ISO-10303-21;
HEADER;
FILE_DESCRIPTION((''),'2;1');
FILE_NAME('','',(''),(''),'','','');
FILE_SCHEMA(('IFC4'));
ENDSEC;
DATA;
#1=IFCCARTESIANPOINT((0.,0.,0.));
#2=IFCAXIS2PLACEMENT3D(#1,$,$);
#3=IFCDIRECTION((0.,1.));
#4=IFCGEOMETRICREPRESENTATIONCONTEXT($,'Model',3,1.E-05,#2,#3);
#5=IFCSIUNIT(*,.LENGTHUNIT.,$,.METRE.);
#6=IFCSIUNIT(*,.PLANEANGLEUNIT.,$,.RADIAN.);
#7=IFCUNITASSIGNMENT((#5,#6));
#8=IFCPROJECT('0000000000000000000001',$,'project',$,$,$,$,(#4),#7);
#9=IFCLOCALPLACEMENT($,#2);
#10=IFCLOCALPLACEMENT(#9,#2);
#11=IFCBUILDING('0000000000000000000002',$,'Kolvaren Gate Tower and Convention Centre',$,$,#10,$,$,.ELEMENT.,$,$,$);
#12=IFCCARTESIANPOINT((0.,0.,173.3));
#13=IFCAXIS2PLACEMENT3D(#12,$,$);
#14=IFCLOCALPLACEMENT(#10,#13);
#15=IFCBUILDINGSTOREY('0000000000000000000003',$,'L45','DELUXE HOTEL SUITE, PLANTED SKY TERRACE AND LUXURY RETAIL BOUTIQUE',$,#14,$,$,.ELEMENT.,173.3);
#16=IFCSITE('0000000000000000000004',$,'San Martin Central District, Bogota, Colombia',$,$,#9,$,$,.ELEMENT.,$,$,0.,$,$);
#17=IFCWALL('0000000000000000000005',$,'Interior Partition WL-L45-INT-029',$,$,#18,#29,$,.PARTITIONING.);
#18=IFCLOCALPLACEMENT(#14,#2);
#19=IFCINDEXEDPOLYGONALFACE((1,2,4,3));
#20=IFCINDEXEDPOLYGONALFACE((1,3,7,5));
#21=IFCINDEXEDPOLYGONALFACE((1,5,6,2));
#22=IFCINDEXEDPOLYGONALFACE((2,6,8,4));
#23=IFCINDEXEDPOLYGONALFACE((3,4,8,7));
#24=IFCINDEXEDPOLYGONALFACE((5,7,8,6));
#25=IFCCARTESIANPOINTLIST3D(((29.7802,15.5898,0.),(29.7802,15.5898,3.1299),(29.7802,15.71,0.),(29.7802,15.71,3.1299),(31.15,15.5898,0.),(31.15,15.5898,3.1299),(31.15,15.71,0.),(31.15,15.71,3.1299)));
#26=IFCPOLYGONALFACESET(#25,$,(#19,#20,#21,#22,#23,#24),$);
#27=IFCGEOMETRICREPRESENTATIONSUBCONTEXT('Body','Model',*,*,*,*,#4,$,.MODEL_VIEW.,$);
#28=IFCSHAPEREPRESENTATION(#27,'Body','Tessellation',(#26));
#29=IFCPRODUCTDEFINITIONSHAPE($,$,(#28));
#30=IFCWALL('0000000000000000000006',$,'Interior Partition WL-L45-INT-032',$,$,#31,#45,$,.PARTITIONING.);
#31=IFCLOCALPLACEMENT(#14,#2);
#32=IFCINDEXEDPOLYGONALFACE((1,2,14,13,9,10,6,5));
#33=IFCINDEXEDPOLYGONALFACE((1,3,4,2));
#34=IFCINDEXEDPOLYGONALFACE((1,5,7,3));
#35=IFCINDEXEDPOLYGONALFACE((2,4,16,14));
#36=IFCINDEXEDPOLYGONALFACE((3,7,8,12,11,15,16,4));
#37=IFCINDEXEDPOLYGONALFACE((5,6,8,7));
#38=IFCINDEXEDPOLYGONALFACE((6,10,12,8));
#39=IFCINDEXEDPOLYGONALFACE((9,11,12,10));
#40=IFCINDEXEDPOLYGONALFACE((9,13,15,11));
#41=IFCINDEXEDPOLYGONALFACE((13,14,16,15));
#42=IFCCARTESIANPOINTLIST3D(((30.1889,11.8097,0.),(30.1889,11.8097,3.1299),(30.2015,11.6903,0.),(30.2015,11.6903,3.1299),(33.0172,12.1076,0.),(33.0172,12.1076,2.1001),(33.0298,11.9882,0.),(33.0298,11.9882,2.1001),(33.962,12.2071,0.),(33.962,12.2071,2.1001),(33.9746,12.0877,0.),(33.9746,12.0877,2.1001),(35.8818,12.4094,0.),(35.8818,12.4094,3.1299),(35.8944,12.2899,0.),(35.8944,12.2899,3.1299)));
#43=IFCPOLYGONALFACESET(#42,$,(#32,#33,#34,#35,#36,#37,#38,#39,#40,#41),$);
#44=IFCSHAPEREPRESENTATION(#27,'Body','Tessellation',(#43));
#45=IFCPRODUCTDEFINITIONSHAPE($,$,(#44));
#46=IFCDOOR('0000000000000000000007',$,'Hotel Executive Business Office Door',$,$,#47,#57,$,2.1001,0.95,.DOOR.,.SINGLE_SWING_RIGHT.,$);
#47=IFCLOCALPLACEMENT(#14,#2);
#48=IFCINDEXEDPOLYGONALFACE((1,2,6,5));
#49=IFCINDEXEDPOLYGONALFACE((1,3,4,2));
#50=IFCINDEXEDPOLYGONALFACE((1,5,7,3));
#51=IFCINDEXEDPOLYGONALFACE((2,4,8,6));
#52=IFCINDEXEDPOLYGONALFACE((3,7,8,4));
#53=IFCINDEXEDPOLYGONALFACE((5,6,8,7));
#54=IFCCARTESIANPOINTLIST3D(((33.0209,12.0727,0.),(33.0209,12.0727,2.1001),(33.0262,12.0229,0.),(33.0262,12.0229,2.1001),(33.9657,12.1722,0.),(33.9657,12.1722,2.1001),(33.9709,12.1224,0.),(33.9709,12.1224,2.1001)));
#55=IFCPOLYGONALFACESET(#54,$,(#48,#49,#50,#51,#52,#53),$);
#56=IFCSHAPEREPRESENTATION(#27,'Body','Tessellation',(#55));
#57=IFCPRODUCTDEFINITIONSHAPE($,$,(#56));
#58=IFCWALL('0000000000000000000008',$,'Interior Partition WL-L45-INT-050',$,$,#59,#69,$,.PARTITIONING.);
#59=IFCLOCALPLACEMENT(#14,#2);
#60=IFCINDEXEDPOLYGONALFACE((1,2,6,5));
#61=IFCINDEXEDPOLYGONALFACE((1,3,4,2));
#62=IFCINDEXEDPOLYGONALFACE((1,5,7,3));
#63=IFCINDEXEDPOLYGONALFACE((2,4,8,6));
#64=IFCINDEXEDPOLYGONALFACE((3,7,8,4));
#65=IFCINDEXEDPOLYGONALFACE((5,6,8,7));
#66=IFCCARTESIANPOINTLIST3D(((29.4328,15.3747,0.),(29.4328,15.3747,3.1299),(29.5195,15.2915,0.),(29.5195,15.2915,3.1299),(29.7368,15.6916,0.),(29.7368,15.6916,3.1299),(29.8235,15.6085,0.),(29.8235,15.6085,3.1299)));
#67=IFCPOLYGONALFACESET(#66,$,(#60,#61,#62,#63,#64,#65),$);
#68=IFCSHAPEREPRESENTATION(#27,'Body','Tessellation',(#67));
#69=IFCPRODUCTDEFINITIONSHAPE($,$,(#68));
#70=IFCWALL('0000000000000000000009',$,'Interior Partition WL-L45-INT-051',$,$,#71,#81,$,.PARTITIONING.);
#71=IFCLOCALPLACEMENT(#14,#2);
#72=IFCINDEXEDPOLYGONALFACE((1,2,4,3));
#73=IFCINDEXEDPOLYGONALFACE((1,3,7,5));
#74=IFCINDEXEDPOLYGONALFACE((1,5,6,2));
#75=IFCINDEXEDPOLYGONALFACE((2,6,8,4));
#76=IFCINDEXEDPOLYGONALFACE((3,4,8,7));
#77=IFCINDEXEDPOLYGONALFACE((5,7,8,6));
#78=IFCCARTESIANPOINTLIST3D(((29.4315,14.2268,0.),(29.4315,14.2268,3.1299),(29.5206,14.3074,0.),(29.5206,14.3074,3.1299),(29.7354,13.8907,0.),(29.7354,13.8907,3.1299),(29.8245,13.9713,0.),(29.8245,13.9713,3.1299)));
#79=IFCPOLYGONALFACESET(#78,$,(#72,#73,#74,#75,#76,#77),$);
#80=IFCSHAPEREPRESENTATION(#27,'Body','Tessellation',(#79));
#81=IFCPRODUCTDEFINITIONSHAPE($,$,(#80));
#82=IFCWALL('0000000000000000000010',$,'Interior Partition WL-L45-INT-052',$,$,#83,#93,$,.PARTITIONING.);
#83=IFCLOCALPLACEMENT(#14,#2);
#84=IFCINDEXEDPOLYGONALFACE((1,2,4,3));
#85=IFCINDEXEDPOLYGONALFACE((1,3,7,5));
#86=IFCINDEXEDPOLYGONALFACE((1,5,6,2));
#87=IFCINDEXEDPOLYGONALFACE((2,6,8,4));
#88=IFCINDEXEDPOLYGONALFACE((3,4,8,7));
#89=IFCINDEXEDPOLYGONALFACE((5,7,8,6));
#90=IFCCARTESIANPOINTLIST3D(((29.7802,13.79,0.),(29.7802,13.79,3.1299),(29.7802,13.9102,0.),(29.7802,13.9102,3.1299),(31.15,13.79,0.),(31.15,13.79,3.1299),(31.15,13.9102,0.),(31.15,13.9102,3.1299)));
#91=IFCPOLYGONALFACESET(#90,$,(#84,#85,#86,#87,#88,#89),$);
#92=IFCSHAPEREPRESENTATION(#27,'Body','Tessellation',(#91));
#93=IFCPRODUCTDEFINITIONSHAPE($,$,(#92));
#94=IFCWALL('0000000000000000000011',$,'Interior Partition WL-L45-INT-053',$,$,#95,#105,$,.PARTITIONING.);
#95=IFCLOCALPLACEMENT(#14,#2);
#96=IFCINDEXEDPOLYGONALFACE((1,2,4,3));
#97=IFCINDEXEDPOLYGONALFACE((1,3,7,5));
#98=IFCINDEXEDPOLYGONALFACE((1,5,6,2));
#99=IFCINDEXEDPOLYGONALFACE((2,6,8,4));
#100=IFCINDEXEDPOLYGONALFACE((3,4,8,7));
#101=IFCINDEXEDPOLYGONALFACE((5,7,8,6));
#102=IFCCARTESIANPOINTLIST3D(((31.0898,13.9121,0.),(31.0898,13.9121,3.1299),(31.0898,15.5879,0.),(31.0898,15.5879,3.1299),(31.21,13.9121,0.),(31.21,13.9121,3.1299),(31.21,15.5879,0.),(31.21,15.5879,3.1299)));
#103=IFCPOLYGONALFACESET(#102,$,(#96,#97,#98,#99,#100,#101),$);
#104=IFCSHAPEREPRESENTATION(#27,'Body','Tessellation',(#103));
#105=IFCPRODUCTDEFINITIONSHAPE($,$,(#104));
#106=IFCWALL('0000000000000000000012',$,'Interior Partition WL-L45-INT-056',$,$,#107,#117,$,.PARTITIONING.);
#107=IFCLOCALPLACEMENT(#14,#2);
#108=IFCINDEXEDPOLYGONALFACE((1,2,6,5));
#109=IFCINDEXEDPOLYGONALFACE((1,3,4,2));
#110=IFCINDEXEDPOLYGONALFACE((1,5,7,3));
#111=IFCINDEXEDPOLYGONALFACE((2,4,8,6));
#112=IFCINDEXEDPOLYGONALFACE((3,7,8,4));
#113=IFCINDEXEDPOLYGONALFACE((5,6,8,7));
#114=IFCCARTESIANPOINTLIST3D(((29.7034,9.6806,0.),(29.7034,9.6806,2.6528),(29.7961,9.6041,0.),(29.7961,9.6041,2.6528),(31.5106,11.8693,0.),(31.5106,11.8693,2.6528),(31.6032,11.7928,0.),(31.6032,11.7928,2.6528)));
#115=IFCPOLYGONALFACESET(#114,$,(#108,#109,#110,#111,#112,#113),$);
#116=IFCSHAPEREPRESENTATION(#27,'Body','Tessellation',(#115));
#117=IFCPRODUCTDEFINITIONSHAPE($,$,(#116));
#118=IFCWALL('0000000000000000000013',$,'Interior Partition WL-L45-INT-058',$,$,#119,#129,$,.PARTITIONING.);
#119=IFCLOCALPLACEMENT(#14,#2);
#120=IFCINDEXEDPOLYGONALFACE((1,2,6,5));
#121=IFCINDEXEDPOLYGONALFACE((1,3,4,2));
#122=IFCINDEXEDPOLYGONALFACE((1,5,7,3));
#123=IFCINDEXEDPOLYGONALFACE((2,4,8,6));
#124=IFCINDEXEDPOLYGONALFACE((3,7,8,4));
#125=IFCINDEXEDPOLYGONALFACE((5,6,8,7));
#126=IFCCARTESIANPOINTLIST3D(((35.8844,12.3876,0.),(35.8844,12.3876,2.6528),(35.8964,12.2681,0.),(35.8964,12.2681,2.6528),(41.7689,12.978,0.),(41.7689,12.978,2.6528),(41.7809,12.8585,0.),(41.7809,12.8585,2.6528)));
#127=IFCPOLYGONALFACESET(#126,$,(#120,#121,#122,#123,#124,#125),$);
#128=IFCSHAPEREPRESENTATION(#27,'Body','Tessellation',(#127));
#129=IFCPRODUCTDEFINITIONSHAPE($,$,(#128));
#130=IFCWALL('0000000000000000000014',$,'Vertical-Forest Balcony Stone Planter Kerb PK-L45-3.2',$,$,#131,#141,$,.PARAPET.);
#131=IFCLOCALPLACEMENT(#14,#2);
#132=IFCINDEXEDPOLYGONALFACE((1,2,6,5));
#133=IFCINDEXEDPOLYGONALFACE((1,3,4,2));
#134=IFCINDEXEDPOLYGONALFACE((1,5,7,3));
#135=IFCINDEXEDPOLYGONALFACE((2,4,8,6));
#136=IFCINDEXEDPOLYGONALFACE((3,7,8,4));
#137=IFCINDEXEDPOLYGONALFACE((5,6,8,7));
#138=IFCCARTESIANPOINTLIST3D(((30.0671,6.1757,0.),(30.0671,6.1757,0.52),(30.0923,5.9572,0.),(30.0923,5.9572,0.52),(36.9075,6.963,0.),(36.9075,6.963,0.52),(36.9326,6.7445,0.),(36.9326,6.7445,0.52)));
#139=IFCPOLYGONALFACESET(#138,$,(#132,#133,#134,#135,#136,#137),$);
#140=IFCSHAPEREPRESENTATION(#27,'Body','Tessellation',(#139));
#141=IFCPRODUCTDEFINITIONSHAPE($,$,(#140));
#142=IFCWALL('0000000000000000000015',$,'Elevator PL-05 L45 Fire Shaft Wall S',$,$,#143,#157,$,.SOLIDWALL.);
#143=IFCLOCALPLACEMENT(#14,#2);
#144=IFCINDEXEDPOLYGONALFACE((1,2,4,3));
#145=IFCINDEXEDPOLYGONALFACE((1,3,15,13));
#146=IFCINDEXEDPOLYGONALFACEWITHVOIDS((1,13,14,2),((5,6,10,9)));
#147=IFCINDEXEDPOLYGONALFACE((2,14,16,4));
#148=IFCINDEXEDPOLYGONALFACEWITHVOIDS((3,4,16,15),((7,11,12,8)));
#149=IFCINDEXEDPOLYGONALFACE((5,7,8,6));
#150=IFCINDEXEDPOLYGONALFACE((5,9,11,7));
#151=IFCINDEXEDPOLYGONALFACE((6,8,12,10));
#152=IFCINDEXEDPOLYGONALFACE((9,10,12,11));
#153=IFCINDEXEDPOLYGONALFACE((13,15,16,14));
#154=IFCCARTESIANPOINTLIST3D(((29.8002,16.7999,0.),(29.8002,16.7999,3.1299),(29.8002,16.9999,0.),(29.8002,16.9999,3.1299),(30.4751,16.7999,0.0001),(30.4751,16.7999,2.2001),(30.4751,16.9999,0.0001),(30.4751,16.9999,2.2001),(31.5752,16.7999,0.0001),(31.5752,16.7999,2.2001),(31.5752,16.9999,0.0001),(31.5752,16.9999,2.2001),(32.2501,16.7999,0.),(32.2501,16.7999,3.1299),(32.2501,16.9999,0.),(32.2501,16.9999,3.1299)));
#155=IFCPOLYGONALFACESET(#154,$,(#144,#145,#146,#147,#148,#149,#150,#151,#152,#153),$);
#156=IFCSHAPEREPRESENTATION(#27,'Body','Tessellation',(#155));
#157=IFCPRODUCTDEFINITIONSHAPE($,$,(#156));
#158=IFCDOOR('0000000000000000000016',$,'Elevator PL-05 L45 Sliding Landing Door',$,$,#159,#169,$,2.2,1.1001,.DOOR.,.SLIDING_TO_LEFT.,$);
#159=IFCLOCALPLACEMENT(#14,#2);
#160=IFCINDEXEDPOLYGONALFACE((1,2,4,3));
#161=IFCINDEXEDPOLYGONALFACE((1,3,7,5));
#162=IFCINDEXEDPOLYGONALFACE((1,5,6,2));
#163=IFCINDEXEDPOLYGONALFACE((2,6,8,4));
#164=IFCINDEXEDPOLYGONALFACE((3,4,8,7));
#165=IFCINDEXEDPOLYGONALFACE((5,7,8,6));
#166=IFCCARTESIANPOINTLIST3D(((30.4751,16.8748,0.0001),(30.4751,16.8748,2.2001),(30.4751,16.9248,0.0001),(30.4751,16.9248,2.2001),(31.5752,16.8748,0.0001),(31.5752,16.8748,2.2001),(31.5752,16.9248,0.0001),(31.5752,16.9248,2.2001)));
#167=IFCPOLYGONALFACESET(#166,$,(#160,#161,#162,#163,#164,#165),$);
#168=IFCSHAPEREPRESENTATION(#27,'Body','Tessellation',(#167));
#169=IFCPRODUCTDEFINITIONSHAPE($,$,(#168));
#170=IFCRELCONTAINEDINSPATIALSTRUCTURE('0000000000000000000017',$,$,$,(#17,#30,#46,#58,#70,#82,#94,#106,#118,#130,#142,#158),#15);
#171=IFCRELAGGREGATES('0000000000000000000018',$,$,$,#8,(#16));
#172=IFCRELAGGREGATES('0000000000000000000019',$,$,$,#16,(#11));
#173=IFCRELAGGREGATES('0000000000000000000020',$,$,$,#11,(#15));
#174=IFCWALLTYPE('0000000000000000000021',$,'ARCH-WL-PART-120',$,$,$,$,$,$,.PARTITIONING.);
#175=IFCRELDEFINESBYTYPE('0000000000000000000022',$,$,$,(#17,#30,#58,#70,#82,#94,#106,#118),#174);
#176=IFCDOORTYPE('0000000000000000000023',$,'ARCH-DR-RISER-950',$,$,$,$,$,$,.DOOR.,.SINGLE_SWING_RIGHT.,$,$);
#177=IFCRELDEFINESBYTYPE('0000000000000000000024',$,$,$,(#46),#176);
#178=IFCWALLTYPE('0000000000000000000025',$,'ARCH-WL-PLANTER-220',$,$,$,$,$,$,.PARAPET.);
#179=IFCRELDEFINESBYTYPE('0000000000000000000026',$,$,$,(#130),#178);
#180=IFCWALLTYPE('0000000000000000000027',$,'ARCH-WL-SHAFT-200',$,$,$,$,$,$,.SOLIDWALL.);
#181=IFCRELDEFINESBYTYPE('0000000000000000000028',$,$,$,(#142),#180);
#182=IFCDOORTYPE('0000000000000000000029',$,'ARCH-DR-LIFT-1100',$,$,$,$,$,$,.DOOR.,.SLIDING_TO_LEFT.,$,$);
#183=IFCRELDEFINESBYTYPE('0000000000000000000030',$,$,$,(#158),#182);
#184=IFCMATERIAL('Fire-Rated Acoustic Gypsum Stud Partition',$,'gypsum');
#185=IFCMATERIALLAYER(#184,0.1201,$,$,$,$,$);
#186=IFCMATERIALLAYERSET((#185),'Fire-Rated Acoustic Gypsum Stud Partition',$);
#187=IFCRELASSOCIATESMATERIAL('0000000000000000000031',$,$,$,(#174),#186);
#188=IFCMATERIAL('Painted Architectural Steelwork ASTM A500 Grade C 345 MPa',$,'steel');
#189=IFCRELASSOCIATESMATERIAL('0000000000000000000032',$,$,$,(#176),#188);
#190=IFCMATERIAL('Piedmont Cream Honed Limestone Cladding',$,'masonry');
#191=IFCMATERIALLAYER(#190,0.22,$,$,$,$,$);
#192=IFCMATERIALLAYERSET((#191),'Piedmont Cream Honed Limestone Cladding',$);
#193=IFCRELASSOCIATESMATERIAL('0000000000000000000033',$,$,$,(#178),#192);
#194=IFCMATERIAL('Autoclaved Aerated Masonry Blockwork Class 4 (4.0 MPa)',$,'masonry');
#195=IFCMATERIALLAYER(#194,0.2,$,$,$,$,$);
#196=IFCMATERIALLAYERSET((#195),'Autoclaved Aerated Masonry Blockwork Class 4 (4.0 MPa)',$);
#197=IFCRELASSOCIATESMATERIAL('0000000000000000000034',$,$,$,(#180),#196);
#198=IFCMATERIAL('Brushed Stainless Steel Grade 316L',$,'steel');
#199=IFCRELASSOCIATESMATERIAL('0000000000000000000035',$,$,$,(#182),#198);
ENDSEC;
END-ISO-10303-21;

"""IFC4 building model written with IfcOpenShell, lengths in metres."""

from ifc_helpers import new_model, si_unit, direction, frame, frame_2d, origin, place, context, subcontext, project, spatial, rectangle, extrude, material, layer, layer_set, type_object, element, fill, save


model = new_model("IFC4")

# Units and contexts
model_context = context("Model", 3, precision=1e-05, world=origin(), true_north=direction((0.0, 1.0)))
body_context = subcontext(model_context, "Body", "Model", "MODEL_VIEW")
ifc_project = project(units=[si_unit("LENGTHUNIT", "METRE"), si_unit("PLANEANGLEUNIT", "RADIAN")], contexts=[model_context])

# Site, building, storey
site_placement = place(None, origin())
site = spatial("IfcSite", under=ifc_project, at=site_placement, Name="San Martin Central District, Bogota, Colombia", CompositionType="ELEMENT", RefElevation=0.0)
building_placement = place(site_placement, origin())
building = spatial("IfcBuilding", under=site, at=building_placement, Name="Kolvaren Gate Tower and Convention Centre", CompositionType="ELEMENT")
storey_placement = place(building_placement, frame((0.0, 0.0, 173.3)))
storey = spatial("IfcBuildingStorey", under=building, at=storey_placement, Name="L45", Description="DELUXE HOTEL SUITE, PLANTED SKY TERRACE AND LUXURY RETAIL BOUTIQUE", CompositionType="ELEMENT", Elevation=173.3)

# Wall
ifc_material_1 = material(Name="Fire-Rated Acoustic Gypsum Stud Partition", Category="gypsum")
ifc_layer_1 = layer(ifc_material_1, 0.1201)
ifc_layer_set_1 = layer_set([ifc_layer_1], Name="Fire-Rated Acoustic Gypsum Stud Partition")
wall_type_1 = type_object("IfcWallType", Name="ARCH-WL-PART-120", PredefinedType="PARTITIONING", material=ifc_layer_set_1)
wall_1_placement = place(storey_placement, frame((29.78, 15.6499, 0.0), z_axis=(0.0, 0.0, 1.0), x_axis=(1.0, 0.0, 0.0)))
element("IfcWall", 1, at=wall_1_placement, inside=storey, type_object=wall_type_1, Name="Interior Partition WL-L45-INT-029", PredefinedType="PARTITIONING", context=body_context, shape_type="SweptSolid", body=[
    extrude(rectangle(XDim=1.3699, YDim=0.1201, at=frame_2d((0.6851, 0.0))), origin(), (0.0, 0.0, 1.0), 3.1299),
])

# Wall, opening, door
wall_2_placement = place(storey_placement, frame((30.1951, 11.75, 0.0), z_axis=(0.0, 0.0, 1.0), x_axis=(0.994499, 0.104747, 0.0)))
wall_2 = element("IfcWall", 2, at=wall_2_placement, inside=storey, type_object=wall_type_1, Name="Interior Partition WL-L45-INT-032", PredefinedType="PARTITIONING", context=body_context, shape_type="SweptSolid", body=[
    extrude(rectangle(XDim=5.7244, YDim=0.1201, at=frame_2d((2.8623, 0.0))), origin(), (0.0, 0.0, 1.0), 3.1299),
])
opening_1_placement = place(wall_2_placement, frame((2.844, 0.0, 0.0)))
opening_1 = element("IfcOpeningElement", 3, at=opening_1_placement, cuts=wall_2, PredefinedType="OPENING", context=body_context, shape_type="SweptSolid", body=[
    extrude(rectangle(XDim=0.95, YDim=2.1001, at=frame_2d((0.4751, 1.05))), frame((0.0, 0.0701, 0.0), z_axis=(0.0, -1.0, 0.0), x_axis=(1.0, 0.0, 0.0)), (0.0, 0.0, 1.0), 0.1401),
])
ifc_material_2 = material(Name="Painted Architectural Steelwork ASTM A500 Grade C 345 MPa", Category="steel")
door_type_1 = type_object("IfcDoorType", Name="ARCH-DR-RISER-950", OperationType="SINGLE_SWING_RIGHT", PredefinedType="DOOR", material=ifc_material_2)
door_1_placement = place(opening_1_placement, origin())
door_1 = element("IfcDoor", 4, at=door_1_placement, inside=storey, type_object=door_type_1, Name="Hotel Executive Business Office Door", OperationType="SINGLE_SWING_RIGHT", OverallHeight=2.1001, OverallWidth=0.95, PredefinedType="DOOR", context=body_context, shape_type="SweptSolid", body=[
    extrude(rectangle(XDim=0.95, YDim=2.1001, at=frame_2d((0.4751, 1.05))), frame((0.0, 0.0249, 0.0), z_axis=(0.0, -1.0, 0.0), x_axis=(1.0, 0.0, 0.0)), (0.0, 0.0, 1.0), 0.05),
])
fill(opening_1, door_1)

# Walls
wall_3_placement = place(storey_placement, frame((29.4761, 15.333, 0.0), z_axis=(0.0, 0.0, 1.0), x_axis=(0.692219, 0.721687, 0.0)))
element("IfcWall", 5, at=wall_3_placement, inside=storey, type_object=wall_type_1, Name="Interior Partition WL-L45-INT-050", PredefinedType="PARTITIONING", context=body_context, shape_type="SweptSolid", body=[
    extrude(rectangle(XDim=0.4392, YDim=0.1201, at=frame_2d((0.2197, 0.0))), origin(), (0.0, 0.0, 1.0), 3.1299),
])
wall_4_placement = place(storey_placement, frame((29.4761, 14.2671, 0.0), z_axis=(0.0, 0.0, 1.0), x_axis=(0.670659, -0.741765, 0.0)))
element("IfcWall", 6, at=wall_4_placement, inside=storey, type_object=wall_type_1, Name="Interior Partition WL-L45-INT-051", PredefinedType="PARTITIONING", context=body_context, shape_type="SweptSolid", body=[
    extrude(rectangle(XDim=0.4531, YDim=0.1201, at=frame_2d((0.2266, 0.0))), origin(), (0.0, 0.0, 1.0), 3.1299),
])
wall_5_placement = place(storey_placement, frame((29.78, 13.8501, 0.0), z_axis=(0.0, 0.0, 1.0), x_axis=(1.0, 0.0, 0.0)))
element("IfcWall", 7, at=wall_5_placement, inside=storey, type_object=wall_type_1, Name="Interior Partition WL-L45-INT-052", PredefinedType="PARTITIONING", context=body_context, shape_type="SweptSolid", body=[
    extrude(rectangle(XDim=1.3699, YDim=0.1201, at=frame_2d((0.6851, 0.0))), origin(), (0.0, 0.0, 1.0), 3.1299),
])
wall_6_placement = place(storey_placement, frame((31.1499, 13.9121, 0.0), z_axis=(0.0, 0.0, 1.0), x_axis=(0.0, 1.0, 0.0)))
element("IfcWall", 8, at=wall_6_placement, inside=storey, type_object=wall_type_1, Name="Interior Partition WL-L45-INT-053", PredefinedType="PARTITIONING", context=body_context, shape_type="SweptSolid", body=[
    extrude(rectangle(XDim=1.6758, YDim=0.1201, at=frame_2d((0.8379, 0.0))), origin(), (0.0, 0.0, 1.0), 3.1299),
])
wall_7_placement = place(storey_placement, frame((29.7498, 9.6423, 0.0), z_axis=(0.0, 0.0, 1.0), x_axis=(0.636684, 0.771125, 0.0)))
element("IfcWall", 9, at=wall_7_placement, inside=storey, type_object=wall_type_1, Name="Interior Partition WL-L45-INT-056", PredefinedType="PARTITIONING", context=body_context, shape_type="SweptSolid", body=[
    extrude(rectangle(XDim=2.8384, YDim=0.1201, at=frame_2d((1.4192, 0.0))), origin(), (0.0, 0.0, 1.0), 2.6528),
])
wall_8_placement = place(storey_placement, frame((35.8904, 12.3279, 0.0), z_axis=(0.0, 0.0, 1.0), x_axis=(0.995006, 0.099818, 0.0)))
element("IfcWall", 10, at=wall_8_placement, inside=storey, type_object=wall_type_1, Name="Interior Partition WL-L45-INT-058", PredefinedType="PARTITIONING", context=body_context, shape_type="SweptSolid", body=[
    extrude(rectangle(XDim=5.9141, YDim=0.1201, at=frame_2d((2.957, 0.0))), origin(), (0.0, 0.0, 1.0), 2.6528),
])
ifc_material_3 = material(Name="Piedmont Cream Honed Limestone Cladding", Category="masonry")
ifc_layer_2 = layer(ifc_material_3, 0.22)
ifc_layer_set_2 = layer_set([ifc_layer_2], Name="Piedmont Cream Honed Limestone Cladding")
wall_type_2 = type_object("IfcWallType", Name="ARCH-WL-PLANTER-220", PredefinedType="PARAPET", material=ifc_layer_set_2)
wall_9_placement = place(storey_placement, frame((30.0796, 6.0664, 0.0), z_axis=(0.0, 0.0, 1.0), x_axis=(0.993441, 0.11435, 0.0)))
element("IfcWall", 11, at=wall_9_placement, inside=storey, type_object=wall_type_2, Name="Vertical-Forest Balcony Stone Planter Kerb PK-L45-3.2", PredefinedType="PARAPET", context=body_context, shape_type="SweptSolid", body=[
    extrude(rectangle(XDim=6.8855, YDim=0.22, at=frame_2d((3.4429, 0.0))), origin(), (0.0, 0.0, 1.0), 0.52),
])

# Wall, opening, door
ifc_material_4 = material(Name="Autoclaved Aerated Masonry Blockwork Class 4 (4.0 MPa)", Category="masonry")
ifc_layer_3 = layer(ifc_material_4, 0.2)
ifc_layer_set_3 = layer_set([ifc_layer_3], Name="Autoclaved Aerated Masonry Blockwork Class 4 (4.0 MPa)")
wall_type_3 = type_object("IfcWallType", Name="ARCH-WL-SHAFT-200", PredefinedType="SOLIDWALL", material=ifc_layer_set_3)
wall_10_placement = place(storey_placement, frame((29.8, 16.8999, 0.0), z_axis=(0.0, 0.0, 1.0), x_axis=(1.0, 0.0, 0.0)))
wall_10 = element("IfcWall", 12, at=wall_10_placement, inside=storey, type_object=wall_type_3, Name="Elevator PL-05 L45 Fire Shaft Wall S", PredefinedType="SOLIDWALL", context=body_context, shape_type="SweptSolid", body=[
    extrude(rectangle(XDim=2.45, YDim=0.2, at=frame_2d((1.2251, 0.0))), origin(), (0.0, 0.0, 1.0), 3.1299),
])
opening_2_placement = place(wall_10_placement, frame((0.675, 0.0, 0.0)))
opening_2 = element("IfcOpeningElement", 13, at=opening_2_placement, cuts=wall_10, PredefinedType="OPENING", context=body_context, shape_type="SweptSolid", body=[
    extrude(rectangle(XDim=1.1001, YDim=2.2, at=frame_2d((0.55, 1.1001))), frame((0.0, 0.1099, 0.0), z_axis=(0.0, -1.0, 0.0), x_axis=(1.0, 0.0, 0.0)), (0.0, 0.0, 1.0), 0.22),
])
ifc_material_5 = material(Name="Brushed Stainless Steel Grade 316L", Category="steel")
door_type_2 = type_object("IfcDoorType", Name="ARCH-DR-LIFT-1100", OperationType="SLIDING_TO_LEFT", PredefinedType="DOOR", material=ifc_material_5)
door_2_placement = place(opening_2_placement, origin())
door_2 = element("IfcDoor", 14, at=door_2_placement, inside=storey, type_object=door_type_2, Name="Elevator PL-05 L45 Sliding Landing Door", OperationType="SLIDING_TO_LEFT", OverallHeight=2.2, OverallWidth=1.1001, PredefinedType="DOOR", context=body_context, shape_type="SweptSolid", body=[
    extrude(rectangle(XDim=1.1001, YDim=2.2, at=frame_2d((0.55, 1.1001))), frame((0.0, 0.0249, 0.0), z_axis=(0.0, -1.0, 0.0), x_axis=(1.0, 0.0, 0.0)), (0.0, 0.0, 1.0), 0.05),
])
fill(opening_2, door_2)

save(model, "model.ifc")
